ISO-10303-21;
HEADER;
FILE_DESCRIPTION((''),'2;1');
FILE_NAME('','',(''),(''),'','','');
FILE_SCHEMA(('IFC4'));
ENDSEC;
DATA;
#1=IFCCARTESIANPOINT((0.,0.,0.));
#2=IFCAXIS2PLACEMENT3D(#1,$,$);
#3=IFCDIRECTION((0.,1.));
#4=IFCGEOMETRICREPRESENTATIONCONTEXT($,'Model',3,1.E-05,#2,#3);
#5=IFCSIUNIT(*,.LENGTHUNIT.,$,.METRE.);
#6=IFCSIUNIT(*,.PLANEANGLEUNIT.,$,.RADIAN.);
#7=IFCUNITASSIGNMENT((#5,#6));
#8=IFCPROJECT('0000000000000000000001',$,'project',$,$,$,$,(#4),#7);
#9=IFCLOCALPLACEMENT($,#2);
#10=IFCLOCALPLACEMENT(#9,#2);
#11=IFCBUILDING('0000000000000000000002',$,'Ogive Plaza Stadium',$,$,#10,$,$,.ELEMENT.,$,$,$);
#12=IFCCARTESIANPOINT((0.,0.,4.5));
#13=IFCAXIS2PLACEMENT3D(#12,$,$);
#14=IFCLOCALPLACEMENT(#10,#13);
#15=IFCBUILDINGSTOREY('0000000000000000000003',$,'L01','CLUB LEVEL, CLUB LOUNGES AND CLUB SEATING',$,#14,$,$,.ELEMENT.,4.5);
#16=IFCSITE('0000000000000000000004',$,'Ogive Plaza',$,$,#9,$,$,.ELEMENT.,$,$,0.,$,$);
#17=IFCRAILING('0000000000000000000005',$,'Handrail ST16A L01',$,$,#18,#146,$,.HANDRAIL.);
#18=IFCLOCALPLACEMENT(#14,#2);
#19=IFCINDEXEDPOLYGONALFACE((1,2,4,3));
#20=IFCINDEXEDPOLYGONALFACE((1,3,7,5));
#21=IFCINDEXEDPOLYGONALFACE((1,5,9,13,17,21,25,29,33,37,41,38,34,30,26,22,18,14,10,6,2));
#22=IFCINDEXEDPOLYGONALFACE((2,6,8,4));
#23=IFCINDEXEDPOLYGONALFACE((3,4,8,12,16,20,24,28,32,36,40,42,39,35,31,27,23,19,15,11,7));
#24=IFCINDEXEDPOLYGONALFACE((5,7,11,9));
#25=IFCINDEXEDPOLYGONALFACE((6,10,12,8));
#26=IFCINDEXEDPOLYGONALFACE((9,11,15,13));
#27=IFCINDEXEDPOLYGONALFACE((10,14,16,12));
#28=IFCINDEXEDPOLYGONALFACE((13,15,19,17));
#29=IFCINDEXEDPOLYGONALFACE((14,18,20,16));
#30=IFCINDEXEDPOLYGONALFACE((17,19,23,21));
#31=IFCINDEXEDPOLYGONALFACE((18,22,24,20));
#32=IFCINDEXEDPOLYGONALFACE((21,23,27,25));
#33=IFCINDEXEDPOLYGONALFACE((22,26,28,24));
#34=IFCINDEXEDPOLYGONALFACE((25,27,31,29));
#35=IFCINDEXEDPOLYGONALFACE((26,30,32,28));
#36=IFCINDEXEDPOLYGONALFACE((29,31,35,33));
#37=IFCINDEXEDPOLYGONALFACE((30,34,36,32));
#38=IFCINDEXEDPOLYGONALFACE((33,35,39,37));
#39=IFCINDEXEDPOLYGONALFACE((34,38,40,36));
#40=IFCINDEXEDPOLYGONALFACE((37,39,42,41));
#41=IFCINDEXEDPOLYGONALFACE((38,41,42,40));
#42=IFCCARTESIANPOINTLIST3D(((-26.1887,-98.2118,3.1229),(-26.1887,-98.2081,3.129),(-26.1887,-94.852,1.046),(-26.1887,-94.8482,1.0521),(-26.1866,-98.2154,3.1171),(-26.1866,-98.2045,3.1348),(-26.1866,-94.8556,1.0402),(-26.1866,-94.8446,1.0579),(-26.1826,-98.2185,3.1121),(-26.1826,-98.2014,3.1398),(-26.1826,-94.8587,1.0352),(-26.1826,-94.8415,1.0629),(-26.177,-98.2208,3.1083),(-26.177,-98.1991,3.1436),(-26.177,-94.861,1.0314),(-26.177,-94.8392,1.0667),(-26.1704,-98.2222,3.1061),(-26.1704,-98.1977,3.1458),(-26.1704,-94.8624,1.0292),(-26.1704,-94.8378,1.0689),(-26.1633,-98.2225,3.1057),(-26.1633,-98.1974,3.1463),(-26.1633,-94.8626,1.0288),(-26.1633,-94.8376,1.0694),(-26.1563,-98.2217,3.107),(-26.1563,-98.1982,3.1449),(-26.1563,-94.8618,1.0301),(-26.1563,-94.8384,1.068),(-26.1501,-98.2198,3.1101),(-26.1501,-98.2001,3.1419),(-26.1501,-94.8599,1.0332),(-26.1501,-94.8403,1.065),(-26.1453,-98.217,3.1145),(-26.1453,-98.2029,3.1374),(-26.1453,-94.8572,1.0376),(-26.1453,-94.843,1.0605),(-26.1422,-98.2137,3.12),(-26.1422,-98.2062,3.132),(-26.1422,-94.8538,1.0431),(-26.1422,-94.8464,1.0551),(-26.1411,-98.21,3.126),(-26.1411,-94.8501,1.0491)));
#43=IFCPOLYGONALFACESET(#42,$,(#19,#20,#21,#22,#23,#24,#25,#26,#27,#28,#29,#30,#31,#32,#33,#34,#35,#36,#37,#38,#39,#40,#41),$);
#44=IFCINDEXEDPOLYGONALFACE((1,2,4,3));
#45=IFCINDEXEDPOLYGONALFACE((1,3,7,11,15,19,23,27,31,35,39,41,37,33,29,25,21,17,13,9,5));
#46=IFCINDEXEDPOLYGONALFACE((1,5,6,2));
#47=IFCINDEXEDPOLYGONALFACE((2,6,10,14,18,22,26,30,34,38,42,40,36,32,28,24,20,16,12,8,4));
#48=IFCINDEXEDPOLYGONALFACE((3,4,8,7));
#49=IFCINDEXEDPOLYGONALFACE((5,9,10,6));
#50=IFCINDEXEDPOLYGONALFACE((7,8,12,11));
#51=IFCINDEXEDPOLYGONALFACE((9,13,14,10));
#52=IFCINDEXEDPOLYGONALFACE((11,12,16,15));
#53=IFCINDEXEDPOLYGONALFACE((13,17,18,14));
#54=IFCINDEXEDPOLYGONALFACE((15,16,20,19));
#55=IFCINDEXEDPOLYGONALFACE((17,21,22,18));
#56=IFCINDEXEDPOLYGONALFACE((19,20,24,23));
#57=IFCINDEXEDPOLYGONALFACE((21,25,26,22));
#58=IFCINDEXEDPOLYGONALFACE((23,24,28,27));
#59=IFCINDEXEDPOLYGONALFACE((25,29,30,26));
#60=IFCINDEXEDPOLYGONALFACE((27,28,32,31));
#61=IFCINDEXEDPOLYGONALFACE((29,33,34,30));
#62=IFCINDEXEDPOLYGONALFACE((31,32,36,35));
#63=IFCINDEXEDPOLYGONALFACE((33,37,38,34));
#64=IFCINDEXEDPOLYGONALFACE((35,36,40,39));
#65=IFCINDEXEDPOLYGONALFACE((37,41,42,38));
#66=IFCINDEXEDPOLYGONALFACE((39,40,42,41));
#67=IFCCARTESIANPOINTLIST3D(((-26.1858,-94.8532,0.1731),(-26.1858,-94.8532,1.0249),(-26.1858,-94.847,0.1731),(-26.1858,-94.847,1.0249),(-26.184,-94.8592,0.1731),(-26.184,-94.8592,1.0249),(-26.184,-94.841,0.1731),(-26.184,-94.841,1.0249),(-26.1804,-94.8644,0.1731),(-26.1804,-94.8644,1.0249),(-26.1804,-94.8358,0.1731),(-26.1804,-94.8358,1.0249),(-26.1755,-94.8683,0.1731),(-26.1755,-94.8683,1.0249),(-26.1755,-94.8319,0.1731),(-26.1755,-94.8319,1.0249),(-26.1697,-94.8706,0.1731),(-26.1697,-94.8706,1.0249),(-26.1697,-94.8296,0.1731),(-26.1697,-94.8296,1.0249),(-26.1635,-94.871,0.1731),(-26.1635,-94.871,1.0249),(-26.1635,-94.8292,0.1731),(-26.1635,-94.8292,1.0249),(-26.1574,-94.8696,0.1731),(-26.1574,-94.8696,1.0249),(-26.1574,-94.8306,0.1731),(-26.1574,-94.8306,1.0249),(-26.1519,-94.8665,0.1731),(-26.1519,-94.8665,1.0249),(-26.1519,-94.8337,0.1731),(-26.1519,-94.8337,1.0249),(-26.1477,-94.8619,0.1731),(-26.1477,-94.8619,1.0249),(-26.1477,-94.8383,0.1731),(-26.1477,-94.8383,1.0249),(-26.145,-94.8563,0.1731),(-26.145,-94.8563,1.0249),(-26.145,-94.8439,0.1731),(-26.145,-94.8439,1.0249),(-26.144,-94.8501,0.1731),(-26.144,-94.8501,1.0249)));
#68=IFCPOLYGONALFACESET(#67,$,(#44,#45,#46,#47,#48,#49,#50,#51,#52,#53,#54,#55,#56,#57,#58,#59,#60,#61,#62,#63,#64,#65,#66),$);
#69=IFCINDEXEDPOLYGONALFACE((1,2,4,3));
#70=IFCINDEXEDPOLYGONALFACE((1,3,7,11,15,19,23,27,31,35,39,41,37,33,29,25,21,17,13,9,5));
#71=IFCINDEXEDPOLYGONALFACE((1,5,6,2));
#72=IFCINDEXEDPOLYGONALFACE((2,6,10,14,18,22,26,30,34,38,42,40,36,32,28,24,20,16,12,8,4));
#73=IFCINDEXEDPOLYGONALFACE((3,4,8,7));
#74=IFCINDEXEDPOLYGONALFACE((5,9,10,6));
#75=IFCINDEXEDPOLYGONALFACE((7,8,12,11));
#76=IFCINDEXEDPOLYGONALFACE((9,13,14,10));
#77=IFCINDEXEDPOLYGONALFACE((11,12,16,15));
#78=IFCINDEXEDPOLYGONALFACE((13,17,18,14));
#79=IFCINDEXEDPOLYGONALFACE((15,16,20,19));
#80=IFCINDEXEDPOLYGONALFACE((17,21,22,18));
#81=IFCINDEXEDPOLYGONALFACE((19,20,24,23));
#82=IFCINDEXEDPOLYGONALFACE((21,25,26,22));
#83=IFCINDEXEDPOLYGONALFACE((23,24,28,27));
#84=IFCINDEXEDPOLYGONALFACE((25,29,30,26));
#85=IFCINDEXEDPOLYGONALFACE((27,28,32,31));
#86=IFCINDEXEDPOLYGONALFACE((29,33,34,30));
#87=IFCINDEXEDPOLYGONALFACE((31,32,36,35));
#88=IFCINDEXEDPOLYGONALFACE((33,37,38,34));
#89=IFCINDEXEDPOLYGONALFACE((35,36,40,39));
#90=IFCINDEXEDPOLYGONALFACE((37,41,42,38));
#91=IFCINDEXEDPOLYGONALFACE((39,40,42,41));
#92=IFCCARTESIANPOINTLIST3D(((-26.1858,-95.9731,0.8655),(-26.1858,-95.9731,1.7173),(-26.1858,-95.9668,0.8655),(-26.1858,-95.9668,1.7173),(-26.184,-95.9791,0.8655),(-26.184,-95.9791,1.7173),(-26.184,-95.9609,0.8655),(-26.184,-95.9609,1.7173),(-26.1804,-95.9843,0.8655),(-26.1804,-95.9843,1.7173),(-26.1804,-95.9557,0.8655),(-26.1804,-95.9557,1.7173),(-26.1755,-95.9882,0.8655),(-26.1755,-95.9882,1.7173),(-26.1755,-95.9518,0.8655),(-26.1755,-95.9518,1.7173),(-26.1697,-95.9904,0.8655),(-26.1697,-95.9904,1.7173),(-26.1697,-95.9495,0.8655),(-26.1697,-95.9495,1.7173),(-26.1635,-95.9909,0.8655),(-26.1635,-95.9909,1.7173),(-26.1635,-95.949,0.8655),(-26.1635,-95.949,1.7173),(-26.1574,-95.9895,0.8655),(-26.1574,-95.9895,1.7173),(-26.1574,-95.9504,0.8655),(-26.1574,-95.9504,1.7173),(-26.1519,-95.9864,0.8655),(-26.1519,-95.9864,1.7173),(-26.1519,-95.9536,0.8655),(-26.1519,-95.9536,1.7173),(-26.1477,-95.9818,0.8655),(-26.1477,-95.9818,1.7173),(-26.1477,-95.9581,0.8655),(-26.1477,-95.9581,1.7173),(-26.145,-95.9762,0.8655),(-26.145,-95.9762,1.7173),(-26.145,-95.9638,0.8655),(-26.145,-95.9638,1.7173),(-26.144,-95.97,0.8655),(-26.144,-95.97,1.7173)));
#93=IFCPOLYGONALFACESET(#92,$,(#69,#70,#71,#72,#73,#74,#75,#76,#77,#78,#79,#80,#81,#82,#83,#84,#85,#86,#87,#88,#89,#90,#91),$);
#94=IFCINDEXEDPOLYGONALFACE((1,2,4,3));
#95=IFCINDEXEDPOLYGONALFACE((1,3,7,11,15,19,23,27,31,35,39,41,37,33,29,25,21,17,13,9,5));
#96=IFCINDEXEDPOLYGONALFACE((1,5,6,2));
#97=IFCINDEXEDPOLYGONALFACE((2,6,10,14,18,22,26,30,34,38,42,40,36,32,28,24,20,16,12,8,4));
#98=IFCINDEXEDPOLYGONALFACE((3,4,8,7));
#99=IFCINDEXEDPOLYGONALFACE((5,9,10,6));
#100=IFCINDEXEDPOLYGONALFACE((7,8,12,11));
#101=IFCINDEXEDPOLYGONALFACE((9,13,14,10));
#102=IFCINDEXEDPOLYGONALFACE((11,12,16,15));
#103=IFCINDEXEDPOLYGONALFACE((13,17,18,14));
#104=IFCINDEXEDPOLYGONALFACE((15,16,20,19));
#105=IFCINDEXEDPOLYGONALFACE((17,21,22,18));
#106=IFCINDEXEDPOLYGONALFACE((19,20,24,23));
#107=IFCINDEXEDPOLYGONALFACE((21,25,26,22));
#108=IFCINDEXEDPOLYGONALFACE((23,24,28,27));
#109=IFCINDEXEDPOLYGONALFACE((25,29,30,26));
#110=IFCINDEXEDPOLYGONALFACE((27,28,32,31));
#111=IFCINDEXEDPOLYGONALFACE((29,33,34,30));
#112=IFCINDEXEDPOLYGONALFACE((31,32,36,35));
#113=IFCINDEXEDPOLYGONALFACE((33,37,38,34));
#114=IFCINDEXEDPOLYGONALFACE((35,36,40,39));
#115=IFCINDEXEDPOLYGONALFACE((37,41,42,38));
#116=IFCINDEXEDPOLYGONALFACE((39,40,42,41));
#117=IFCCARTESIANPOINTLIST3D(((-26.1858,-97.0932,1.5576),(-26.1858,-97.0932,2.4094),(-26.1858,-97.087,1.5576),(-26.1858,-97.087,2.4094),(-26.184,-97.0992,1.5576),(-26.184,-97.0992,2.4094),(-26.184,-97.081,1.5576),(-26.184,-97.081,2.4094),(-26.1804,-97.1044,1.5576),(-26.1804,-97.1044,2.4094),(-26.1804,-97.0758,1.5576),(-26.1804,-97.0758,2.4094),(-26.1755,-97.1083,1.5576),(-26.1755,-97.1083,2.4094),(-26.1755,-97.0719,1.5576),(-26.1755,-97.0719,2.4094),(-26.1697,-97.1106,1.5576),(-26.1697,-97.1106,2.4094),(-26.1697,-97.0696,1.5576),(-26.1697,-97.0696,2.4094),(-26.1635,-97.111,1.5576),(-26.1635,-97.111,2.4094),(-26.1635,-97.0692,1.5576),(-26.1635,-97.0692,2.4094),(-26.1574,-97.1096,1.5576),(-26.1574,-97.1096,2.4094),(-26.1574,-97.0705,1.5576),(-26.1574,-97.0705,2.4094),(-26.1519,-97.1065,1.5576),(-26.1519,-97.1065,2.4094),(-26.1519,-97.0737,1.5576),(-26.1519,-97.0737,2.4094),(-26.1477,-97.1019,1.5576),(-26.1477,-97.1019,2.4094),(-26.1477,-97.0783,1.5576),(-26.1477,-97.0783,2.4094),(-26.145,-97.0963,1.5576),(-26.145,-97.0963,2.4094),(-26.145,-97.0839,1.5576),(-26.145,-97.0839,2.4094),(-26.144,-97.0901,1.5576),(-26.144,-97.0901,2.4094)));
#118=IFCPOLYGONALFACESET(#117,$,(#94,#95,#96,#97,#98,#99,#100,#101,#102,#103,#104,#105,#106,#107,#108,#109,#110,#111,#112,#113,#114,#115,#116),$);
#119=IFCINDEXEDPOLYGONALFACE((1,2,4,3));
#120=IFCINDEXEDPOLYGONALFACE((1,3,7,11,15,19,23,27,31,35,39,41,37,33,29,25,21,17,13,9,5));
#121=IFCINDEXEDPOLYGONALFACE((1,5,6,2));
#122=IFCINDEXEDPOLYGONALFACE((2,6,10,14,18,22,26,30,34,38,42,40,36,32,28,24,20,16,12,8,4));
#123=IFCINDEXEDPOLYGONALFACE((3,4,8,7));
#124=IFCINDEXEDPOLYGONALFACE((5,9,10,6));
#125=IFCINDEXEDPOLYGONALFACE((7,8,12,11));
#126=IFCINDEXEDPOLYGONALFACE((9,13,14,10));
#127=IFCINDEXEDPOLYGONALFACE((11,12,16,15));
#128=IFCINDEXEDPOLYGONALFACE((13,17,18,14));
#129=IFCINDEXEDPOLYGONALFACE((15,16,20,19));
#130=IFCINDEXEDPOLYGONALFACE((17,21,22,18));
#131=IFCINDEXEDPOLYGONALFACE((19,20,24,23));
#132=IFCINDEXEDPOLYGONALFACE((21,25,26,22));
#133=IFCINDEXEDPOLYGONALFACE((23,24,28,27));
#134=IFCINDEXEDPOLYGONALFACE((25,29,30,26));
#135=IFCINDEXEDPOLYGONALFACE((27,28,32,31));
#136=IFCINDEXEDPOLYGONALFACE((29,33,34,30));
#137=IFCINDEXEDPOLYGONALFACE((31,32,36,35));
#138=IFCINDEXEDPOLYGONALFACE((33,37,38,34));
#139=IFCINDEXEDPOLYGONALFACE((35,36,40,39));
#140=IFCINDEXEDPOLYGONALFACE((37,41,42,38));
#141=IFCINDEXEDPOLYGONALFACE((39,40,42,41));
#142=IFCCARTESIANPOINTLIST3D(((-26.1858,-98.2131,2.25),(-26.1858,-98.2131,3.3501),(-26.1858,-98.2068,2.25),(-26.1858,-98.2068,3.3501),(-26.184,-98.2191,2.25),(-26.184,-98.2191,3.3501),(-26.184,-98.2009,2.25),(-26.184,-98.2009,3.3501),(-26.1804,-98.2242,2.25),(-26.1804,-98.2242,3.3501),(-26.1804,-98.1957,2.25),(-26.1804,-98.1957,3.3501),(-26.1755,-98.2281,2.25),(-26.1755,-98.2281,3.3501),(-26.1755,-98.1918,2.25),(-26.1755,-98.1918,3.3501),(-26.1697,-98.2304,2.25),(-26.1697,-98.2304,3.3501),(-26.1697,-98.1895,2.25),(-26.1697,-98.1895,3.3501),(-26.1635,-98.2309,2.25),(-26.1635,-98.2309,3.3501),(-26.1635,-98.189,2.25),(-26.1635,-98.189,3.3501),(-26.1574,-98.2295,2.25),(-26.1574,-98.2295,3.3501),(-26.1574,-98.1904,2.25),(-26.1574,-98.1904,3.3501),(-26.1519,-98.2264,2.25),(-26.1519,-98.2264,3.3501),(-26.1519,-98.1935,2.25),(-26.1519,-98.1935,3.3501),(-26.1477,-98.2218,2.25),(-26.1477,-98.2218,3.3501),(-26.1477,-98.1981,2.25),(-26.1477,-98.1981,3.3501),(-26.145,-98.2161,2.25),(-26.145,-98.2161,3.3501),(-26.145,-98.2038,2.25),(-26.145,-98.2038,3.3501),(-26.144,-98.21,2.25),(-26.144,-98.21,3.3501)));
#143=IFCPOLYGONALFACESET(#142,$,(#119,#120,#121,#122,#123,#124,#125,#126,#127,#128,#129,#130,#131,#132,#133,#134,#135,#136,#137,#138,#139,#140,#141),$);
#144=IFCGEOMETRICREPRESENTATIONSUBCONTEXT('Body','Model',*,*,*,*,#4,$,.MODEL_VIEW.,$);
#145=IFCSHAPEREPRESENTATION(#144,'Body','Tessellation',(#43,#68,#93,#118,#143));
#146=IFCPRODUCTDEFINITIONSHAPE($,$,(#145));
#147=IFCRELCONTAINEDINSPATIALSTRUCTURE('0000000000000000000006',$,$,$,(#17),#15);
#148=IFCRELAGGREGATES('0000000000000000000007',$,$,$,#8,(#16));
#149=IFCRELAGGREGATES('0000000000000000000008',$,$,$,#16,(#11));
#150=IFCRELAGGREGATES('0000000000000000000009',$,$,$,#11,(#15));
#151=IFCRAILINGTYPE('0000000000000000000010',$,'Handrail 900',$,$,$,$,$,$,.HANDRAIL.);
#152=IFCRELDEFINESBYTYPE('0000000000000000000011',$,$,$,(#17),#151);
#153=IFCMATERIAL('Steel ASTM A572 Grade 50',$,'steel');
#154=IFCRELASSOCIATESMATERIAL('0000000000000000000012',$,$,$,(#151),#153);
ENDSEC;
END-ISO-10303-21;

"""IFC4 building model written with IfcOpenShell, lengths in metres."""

from ifc_helpers import new_model, si_unit, direction, frame, origin, origin_2d, place, context, subcontext, project, spatial, circle, extrude, material, type_object, element, save


model = new_model("IFC4")

# Units and contexts
model_context = context("Model", 3, precision=1e-05, world=origin(), true_north=direction((0.0, 1.0)))
body_context = subcontext(model_context, "Body", "Model", "MODEL_VIEW")
ifc_project = project(units=[si_unit("LENGTHUNIT", "METRE"), si_unit("PLANEANGLEUNIT", "RADIAN")], contexts=[model_context])

# Site, building, storey
site_placement = place(None, origin())
site = spatial("IfcSite", under=ifc_project, at=site_placement, Name="Ogive Plaza", CompositionType="ELEMENT", RefElevation=0.0)
building_placement = place(site_placement, origin())
building = spatial("IfcBuilding", under=site, at=building_placement, Name="Ogive Plaza Stadium", CompositionType="ELEMENT")
storey_placement = place(building_placement, frame((0.0, 0.0, 4.5)))
storey = spatial("IfcBuildingStorey", under=building, at=storey_placement, Name="L01", Description="CLUB LEVEL, CLUB LOUNGES AND CLUB SEATING", CompositionType="ELEMENT", Elevation=4.5)

# Railing
ifc_material_1 = material(Name="Steel ASTM A572 Grade 50", Category="steel")
railing_type_1 = type_object("IfcRailingType", Name="Handrail 900", PredefinedType="HANDRAIL", material=ifc_material_1)
for number, where, name in (
    (1, (-26.165, -94.8501, 0.1731), "Handrail ST16A L01"),
):
    element("IfcRailing", number, at=place(storey_placement, frame(where)), inside=storey, type_object=railing_type_1, Name=name, PredefinedType="HANDRAIL", context=body_context, shape_type="SweptSolid", body=[
        extrude(circle(Radius=0.0239, at=origin_2d()), frame((0.0, 0.0, 0.876), z_axis=(0.0, -0.850606, 0.525803), x_axis=(1.0, 0.0, 0.0)), (0.0, 0.0, 1.0), 3.95),
        extrude(circle(Radius=0.021, at=origin_2d()), origin(), (0.0, 0.0, 1.0), 0.8518),
        extrude(circle(Radius=0.021, at=origin_2d()), frame((0.0, -1.1199, 0.6924)), (0.0, 0.0, 1.0), 0.8518),
        extrude(circle(Radius=0.021, at=origin_2d()), frame((0.0, -2.24, 1.3845)), (0.0, 0.0, 1.0), 0.8518),
        extrude(circle(Radius=0.021, at=origin_2d()), frame((0.0, -3.3599, 2.0769)), (0.0, 0.0, 1.0), 1.1001),
    ])

save(model, "model.ifc")
